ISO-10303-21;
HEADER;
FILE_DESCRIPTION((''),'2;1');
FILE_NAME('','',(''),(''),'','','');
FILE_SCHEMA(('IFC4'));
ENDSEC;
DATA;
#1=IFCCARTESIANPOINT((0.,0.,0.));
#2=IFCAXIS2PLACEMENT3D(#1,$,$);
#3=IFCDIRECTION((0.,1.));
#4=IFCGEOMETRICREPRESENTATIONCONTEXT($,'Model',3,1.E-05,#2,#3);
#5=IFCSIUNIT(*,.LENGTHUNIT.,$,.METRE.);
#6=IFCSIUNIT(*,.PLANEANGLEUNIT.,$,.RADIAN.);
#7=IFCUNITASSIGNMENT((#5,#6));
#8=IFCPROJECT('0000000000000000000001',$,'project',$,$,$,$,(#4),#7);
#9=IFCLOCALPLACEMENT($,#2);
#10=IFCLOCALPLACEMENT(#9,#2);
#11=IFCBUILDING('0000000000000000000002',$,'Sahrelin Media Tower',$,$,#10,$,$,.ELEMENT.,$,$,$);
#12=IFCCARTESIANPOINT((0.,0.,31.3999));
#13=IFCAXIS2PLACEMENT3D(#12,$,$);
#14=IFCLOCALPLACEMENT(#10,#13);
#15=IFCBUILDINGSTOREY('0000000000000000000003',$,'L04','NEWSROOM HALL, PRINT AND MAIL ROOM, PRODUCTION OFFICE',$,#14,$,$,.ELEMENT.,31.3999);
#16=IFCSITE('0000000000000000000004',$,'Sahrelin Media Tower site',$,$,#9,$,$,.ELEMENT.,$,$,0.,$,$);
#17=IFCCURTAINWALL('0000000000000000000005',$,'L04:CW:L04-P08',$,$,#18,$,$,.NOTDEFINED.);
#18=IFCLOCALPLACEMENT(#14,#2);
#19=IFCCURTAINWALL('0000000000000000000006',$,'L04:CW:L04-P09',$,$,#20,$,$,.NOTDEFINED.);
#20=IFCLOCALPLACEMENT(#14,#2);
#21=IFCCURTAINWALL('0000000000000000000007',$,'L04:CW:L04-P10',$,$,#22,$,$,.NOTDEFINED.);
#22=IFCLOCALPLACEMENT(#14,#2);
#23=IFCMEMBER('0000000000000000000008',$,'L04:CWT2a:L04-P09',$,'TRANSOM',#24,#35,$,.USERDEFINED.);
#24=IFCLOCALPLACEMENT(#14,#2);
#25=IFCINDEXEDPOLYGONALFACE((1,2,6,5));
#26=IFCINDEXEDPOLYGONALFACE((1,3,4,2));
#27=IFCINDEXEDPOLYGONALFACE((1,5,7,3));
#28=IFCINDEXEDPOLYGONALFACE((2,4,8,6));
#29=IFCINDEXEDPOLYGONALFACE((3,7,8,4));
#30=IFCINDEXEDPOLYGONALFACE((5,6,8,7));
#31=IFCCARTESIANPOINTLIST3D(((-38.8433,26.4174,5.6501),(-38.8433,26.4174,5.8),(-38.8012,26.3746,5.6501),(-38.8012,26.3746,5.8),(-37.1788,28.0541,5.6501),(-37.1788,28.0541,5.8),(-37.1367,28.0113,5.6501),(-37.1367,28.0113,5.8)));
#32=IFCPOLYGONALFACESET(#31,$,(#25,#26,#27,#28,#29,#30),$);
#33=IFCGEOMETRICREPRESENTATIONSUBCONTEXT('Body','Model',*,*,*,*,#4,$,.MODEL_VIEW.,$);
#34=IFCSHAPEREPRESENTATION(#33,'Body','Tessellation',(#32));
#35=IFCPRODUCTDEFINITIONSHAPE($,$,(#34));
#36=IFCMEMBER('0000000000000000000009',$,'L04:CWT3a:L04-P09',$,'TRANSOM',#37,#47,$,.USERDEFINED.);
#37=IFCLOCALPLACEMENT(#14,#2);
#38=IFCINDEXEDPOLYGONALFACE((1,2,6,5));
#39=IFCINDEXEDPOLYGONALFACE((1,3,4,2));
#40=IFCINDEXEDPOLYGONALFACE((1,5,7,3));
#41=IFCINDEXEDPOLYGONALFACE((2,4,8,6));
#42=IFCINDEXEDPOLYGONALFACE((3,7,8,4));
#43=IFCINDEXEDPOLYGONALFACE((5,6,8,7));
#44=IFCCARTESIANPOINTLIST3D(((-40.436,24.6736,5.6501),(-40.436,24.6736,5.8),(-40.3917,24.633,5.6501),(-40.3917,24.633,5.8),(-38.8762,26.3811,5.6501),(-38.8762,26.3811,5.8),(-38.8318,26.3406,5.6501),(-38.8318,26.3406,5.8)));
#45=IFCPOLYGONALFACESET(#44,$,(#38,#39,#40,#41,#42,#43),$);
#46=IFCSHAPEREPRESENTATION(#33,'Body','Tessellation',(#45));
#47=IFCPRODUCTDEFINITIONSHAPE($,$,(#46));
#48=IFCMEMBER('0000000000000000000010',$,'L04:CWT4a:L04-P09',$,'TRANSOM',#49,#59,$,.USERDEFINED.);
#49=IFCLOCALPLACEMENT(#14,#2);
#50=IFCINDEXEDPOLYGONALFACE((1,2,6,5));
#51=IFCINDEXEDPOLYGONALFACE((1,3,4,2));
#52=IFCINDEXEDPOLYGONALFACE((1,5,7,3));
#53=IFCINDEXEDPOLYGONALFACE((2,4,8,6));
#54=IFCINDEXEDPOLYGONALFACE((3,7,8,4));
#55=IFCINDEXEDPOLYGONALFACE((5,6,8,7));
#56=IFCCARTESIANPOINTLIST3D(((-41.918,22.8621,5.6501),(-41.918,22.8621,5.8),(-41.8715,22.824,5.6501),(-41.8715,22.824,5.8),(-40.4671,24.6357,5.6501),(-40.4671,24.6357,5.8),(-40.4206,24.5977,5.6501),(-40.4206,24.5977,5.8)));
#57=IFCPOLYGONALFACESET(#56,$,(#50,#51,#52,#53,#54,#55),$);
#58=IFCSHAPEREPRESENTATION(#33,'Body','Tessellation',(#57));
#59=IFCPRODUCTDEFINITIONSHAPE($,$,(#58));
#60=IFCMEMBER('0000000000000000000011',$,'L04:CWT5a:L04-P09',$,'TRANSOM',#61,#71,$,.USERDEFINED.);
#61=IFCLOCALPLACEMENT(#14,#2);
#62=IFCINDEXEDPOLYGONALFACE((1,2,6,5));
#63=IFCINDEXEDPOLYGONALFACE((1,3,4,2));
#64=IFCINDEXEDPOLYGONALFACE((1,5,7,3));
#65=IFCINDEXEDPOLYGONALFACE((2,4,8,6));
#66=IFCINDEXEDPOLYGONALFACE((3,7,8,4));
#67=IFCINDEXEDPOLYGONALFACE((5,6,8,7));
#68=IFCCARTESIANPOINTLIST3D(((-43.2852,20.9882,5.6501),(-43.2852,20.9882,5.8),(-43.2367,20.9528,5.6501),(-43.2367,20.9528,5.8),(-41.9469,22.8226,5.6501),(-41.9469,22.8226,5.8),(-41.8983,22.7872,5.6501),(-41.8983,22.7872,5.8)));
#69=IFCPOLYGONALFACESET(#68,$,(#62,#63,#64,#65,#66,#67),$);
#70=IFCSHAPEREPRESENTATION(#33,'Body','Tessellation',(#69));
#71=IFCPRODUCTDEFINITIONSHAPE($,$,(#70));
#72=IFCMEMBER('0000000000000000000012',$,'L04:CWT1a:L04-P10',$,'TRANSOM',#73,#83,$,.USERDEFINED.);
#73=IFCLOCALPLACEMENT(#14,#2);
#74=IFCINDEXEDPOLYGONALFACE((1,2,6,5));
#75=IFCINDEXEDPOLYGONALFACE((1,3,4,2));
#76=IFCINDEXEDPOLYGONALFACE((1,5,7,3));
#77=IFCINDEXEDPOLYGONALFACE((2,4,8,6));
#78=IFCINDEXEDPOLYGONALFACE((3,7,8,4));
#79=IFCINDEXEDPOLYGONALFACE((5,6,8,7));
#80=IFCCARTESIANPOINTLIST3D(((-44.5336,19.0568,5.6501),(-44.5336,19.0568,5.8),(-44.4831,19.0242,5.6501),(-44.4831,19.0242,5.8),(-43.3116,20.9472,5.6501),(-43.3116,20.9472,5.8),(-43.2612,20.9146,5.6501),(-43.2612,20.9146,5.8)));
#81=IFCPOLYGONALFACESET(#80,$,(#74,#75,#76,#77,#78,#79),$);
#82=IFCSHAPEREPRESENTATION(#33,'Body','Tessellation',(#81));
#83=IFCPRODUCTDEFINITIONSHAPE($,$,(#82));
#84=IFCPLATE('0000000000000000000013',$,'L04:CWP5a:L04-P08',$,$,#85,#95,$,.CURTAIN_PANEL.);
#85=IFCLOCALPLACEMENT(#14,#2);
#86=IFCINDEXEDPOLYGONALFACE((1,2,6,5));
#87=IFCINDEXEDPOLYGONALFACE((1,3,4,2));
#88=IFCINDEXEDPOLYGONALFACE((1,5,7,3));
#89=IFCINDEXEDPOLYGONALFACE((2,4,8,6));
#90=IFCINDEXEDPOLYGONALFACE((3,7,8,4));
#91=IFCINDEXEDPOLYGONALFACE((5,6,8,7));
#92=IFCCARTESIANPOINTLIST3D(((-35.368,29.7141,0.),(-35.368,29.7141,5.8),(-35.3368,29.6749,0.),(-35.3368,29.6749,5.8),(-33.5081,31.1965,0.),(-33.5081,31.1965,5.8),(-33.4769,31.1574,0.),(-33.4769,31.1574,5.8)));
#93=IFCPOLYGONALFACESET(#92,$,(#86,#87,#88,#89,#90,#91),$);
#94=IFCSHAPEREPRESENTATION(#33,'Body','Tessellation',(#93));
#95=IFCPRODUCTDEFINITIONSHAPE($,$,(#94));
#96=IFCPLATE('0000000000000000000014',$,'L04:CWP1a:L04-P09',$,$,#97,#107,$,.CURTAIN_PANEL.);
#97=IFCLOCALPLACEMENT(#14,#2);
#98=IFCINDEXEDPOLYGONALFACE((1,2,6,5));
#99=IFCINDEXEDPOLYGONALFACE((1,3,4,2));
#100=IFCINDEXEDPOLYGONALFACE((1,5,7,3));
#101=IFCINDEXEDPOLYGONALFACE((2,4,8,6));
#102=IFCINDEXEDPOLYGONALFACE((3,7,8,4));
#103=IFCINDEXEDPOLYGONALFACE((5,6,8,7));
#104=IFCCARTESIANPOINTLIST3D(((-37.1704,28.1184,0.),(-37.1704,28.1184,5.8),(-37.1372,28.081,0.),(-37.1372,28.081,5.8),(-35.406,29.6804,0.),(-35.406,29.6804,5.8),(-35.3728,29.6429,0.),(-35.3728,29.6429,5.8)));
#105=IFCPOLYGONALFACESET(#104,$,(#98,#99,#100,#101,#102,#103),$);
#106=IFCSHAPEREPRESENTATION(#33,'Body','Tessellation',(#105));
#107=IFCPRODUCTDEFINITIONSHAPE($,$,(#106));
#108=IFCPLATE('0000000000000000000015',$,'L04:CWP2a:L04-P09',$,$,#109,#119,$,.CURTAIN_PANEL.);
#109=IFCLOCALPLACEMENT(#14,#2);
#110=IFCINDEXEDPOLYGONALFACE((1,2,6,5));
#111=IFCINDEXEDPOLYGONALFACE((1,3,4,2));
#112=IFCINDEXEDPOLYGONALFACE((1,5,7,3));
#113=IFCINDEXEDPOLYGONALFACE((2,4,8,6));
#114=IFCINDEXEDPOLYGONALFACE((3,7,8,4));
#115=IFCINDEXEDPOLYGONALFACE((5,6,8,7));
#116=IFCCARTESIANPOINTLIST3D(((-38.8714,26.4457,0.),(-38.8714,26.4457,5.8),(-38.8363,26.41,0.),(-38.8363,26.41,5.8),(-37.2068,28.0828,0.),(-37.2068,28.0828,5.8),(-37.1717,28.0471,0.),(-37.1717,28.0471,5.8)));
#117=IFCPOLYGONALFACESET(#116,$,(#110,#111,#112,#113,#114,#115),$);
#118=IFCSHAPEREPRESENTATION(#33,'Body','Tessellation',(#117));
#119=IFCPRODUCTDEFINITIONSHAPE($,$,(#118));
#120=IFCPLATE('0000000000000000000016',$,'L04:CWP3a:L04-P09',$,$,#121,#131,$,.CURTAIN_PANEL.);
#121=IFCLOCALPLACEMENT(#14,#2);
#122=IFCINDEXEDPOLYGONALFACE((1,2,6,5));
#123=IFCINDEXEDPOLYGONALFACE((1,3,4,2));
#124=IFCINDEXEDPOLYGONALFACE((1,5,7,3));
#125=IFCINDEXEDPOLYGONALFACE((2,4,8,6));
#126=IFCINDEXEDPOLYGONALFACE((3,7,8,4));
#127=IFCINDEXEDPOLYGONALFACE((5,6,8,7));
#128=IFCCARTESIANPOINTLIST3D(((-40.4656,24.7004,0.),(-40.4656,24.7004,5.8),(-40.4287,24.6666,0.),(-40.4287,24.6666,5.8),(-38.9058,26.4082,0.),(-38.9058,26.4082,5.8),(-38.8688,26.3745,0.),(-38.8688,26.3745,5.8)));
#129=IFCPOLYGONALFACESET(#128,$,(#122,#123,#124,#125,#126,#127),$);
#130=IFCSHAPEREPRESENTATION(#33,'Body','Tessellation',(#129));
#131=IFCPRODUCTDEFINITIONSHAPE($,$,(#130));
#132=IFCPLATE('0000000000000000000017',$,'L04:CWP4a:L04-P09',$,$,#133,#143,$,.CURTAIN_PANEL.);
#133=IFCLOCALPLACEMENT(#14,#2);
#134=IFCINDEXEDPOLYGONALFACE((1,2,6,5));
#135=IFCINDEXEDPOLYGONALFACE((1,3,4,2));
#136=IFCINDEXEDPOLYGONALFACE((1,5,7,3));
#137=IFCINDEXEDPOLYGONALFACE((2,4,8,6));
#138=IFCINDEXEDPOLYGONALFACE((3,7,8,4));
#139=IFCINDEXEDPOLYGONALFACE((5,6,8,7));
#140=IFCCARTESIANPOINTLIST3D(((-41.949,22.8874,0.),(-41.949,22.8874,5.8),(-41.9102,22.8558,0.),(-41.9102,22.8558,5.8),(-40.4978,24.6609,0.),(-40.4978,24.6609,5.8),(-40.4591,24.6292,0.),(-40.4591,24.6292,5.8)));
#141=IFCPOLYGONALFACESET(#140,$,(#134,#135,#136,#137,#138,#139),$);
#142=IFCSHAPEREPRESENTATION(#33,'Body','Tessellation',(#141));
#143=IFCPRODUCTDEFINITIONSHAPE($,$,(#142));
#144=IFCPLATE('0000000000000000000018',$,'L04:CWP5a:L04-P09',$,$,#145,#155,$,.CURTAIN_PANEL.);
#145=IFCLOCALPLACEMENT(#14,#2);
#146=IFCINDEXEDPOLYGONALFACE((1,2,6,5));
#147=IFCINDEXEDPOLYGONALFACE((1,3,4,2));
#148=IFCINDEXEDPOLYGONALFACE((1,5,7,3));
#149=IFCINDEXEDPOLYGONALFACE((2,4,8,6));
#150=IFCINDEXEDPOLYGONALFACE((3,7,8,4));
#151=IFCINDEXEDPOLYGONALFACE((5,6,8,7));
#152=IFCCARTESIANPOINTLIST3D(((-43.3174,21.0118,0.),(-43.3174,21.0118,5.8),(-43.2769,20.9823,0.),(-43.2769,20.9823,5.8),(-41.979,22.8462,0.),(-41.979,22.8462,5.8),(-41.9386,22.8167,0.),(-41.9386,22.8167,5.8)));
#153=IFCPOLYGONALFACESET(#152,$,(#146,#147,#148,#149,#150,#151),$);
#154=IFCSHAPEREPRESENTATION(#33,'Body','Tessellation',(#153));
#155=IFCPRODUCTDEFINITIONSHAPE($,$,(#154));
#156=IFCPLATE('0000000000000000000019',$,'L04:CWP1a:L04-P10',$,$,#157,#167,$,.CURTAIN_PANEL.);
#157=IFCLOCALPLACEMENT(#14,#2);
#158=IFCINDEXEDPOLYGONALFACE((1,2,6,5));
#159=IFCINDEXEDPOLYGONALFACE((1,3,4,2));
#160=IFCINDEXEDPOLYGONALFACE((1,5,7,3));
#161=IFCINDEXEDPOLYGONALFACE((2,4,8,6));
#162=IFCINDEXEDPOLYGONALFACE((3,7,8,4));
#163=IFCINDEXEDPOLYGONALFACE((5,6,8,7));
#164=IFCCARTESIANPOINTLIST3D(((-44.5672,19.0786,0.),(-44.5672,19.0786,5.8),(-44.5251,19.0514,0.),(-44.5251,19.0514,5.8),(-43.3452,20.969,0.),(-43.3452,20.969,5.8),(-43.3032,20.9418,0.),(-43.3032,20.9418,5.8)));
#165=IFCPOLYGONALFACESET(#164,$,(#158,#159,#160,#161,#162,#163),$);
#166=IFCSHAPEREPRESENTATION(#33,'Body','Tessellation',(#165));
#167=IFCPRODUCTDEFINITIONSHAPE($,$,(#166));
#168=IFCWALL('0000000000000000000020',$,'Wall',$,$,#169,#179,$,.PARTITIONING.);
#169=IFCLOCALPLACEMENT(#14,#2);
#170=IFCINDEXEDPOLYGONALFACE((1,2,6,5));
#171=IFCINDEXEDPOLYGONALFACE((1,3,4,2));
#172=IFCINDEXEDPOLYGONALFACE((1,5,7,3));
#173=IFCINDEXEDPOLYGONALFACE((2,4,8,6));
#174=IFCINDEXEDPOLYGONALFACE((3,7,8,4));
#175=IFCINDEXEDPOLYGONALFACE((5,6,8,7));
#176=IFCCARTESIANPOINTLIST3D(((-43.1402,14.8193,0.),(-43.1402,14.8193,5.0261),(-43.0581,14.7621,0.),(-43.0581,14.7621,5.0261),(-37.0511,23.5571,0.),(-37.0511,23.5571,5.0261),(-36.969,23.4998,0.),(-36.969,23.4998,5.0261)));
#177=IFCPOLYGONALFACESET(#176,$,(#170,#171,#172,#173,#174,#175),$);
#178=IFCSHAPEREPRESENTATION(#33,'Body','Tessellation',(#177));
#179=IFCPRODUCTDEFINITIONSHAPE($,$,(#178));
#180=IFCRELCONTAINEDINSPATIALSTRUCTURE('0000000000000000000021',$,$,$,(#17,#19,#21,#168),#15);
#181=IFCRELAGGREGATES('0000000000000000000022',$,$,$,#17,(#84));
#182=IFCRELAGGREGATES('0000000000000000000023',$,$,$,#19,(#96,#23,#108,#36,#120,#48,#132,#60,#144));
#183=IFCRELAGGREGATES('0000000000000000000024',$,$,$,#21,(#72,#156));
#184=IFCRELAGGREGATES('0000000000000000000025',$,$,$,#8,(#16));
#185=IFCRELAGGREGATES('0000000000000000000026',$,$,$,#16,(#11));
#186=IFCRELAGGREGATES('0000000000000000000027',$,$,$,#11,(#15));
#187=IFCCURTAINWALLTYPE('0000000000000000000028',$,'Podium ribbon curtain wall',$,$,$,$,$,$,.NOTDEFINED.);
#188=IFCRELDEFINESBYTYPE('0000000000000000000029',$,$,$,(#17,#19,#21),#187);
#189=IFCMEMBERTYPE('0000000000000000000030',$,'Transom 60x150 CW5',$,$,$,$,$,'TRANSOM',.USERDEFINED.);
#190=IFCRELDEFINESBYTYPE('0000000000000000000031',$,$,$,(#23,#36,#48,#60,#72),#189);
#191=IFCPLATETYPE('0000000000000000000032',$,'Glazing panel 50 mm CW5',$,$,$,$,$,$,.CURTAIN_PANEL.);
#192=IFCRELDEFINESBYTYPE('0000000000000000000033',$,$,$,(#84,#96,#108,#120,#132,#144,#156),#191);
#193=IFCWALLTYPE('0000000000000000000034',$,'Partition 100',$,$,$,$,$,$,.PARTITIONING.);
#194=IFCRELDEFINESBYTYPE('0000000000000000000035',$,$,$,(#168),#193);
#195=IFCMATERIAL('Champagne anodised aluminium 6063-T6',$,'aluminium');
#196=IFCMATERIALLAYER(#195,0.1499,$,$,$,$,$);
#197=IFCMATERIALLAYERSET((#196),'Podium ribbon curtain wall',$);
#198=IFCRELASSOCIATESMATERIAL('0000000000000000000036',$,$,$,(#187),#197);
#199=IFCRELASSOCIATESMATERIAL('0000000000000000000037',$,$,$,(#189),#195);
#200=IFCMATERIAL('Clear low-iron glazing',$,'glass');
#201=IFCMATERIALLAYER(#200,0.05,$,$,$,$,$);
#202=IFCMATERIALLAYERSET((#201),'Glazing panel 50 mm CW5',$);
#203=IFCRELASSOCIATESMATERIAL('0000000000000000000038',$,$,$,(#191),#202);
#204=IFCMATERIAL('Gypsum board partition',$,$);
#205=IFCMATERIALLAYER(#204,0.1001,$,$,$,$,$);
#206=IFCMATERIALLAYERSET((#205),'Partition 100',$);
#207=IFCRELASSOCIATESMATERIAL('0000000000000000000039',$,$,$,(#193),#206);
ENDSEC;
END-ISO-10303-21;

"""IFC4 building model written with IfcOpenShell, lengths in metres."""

from ifc_helpers import new_model, si_unit, direction, frame, frame_2d, origin, origin_2d, place, context, subcontext, project, spatial, polyline, rectangle, outline, extrude, material, layer, layer_set, material_profile, profile_set, type_object, element, aggregate, save


model = new_model("IFC4")

# Units and contexts
model_context = context("Model", 3, precision=1e-05, world=origin(), true_north=direction((0.0, 1.0)))
body_context = subcontext(model_context, "Body", "Model", "MODEL_VIEW")
ifc_project = project(units=[si_unit("LENGTHUNIT", "METRE"), si_unit("PLANEANGLEUNIT", "RADIAN")], contexts=[model_context])

# Site, building, storey
site_placement = place(None, origin())
site = spatial("IfcSite", under=ifc_project, at=site_placement, Name="Sahrelin Media Tower site", CompositionType="ELEMENT", RefElevation=0.0)
building_placement = place(site_placement, origin())
building = spatial("IfcBuilding", under=site, at=building_placement, Name="Sahrelin Media Tower", CompositionType="ELEMENT")
storey_placement = place(building_placement, frame((0.0, 0.0, 31.3999)))
storey = spatial("IfcBuildingStorey", under=building, at=storey_placement, Name="L04", Description="NEWSROOM HALL, PRINT AND MAIL ROOM, PRODUCTION OFFICE", CompositionType="ELEMENT", Elevation=31.3999)

# Curtain wall
ifc_material_1 = material(Name="Champagne anodised aluminium 6063-T6", Category="aluminium")
ifc_layer_1 = layer(ifc_material_1, 0.1499)
ifc_layer_set_1 = layer_set([ifc_layer_1], Name="Podium ribbon curtain wall")
curtain_wall_type = type_object("IfcCurtainWallType", Name="Podium ribbon curtain wall", PredefinedType="NOTDEFINED", material=ifc_layer_set_1)
curtain_wall_1_placement = place(storey_placement, frame((-25.0, 36.373, 0.0), z_axis=(0.0, 0.0, 1.0), x_axis=(1.0, 0.0, 0.0)))
curtain_wall_1 = element("IfcCurtainWall", 1, at=curtain_wall_1_placement, inside=storey, type_object=curtain_wall_type, Name="L04:CW:L04-P08", PredefinedType="NOTDEFINED")

# Curtain wall
curtain_wall_2_placement = place(storey_placement, frame((-35.3552, 29.6985, 0.0), z_axis=(0.0, 0.0, 1.0), x_axis=(1.0, 0.0, 0.0)))
curtain_wall_2 = element("IfcCurtainWall", 2, at=curtain_wall_2_placement, inside=storey, type_object=curtain_wall_type, Name="L04:CW:L04-P09", PredefinedType="NOTDEFINED")

# Curtain wall
curtain_wall_3_placement = place(storey_placement, frame((-43.3013, 21.0, 0.0), z_axis=(0.0, 0.0, 1.0), x_axis=(1.0, 0.0, 0.0)))
curtain_wall_3 = element("IfcCurtainWall", 3, at=curtain_wall_3_placement, inside=storey, type_object=curtain_wall_type, Name="L04:CW:L04-P10", PredefinedType="NOTDEFINED")

# Members
ifc_material_profile_1 = material_profile(ifc_material_1, rectangle(XDim=0.0601, YDim=0.1499, at=origin_2d()), Name="Transom 60x150")
ifc_profile_set_1 = profile_set([ifc_material_profile_1], Name="Champagne anodised aluminium 6063-T6")
member_type_1 = type_object("IfcMemberType", Name="Transom 60x150 CW5", ElementType="TRANSOM", PredefinedType="USERDEFINED", material=ifc_profile_set_1)
member_1_placement = place(storey_placement, frame((-37.1577, 28.0327, 5.7251), z_axis=(-0.713043, -0.70112, 0.0), x_axis=(0.70112, -0.713043, 0.0)))
member_1 = element("IfcMember", 4, at=member_1_placement, type_object=member_type_1, Name="L04:CWT2a:L04-P09", ObjectType="TRANSOM", PredefinedType="USERDEFINED", context=body_context, shape_type="SweptSolid", body=[
    extrude(rectangle(XDim=0.0601, YDim=0.1499, at=origin_2d()), origin(), (0.0, 0.0, 1.0), 2.3345),
])
member_2_placement = place(storey_placement, frame((-38.854, 26.3608, 5.7251), z_axis=(-0.674452, -0.738319, 0.0), x_axis=(0.738319, -0.674452, 0.0)))
member_2 = element("IfcMember", 5, at=member_2_placement, type_object=member_type_1, Name="L04:CWT3a:L04-P09", ObjectType="TRANSOM", PredefinedType="USERDEFINED", context=body_context, shape_type="SweptSolid", body=[
    extrude(rectangle(XDim=0.0601, YDim=0.1499, at=origin_2d()), origin(), (0.0, 0.0, 1.0), 2.3127),
])
member_3_placement = place(storey_placement, frame((-40.4438, 24.6167, 5.7251), z_axis=(-0.633168, -0.774014, 0.0), x_axis=(0.774014, -0.633168, 0.0)))
member_3 = element("IfcMember", 6, at=member_3_placement, type_object=member_type_1, Name="L04:CWT4a:L04-P09", ObjectType="TRANSOM", PredefinedType="USERDEFINED", context=body_context, shape_type="SweptSolid", body=[
    extrude(rectangle(XDim=0.0601, YDim=0.1499, at=origin_2d()), origin(), (0.0, 0.0, 1.0), 2.2915),
])
member_4_placement = place(storey_placement, frame((-41.9226, 22.8049, 5.7251), z_axis=(-0.589386, -0.807852, 0.0), x_axis=(0.807852, -0.589386, 0.0)))
member_4 = element("IfcMember", 7, at=member_4_placement, type_object=member_type_1, Name="L04:CWT5a:L04-P09", ObjectType="TRANSOM", PredefinedType="USERDEFINED", context=body_context, shape_type="SweptSolid", body=[
    extrude(rectangle(XDim=0.0601, YDim=0.1499, at=origin_2d()), origin(), (0.0, 0.0, 1.0), 2.2708),
])
member_5_placement = place(storey_placement, frame((-43.2864, 20.9309, 5.7251), z_axis=(-0.542855, -0.839826, 0.0), x_axis=(0.839826, -0.542855, 0.0)))
member_5 = element("IfcMember", 8, at=member_5_placement, type_object=member_type_1, Name="L04:CWT1a:L04-P10", ObjectType="TRANSOM", PredefinedType="USERDEFINED", context=body_context, shape_type="SweptSolid", body=[
    extrude(rectangle(XDim=0.0601, YDim=0.1499, at=origin_2d()), origin(), (0.0, 0.0, 1.0), 2.251),
])

# Plates
ifc_material_2 = material(Name="Clear low-iron glazing", Category="glass")
ifc_layer_2 = layer(ifc_material_2, 0.05)
ifc_layer_set_2 = layer_set([ifc_layer_2], Name="Glazing panel 50 mm CW5")
plate_type = type_object("IfcPlateType", Name="Glazing panel 50 mm CW5", PredefinedType="CURTAIN_PANEL", material=ifc_layer_set_2)
plate_1_placement = place(storey_placement, frame((-33.5081, 31.1965, 0.0), z_axis=(-0.623292, 0.781989, 0.0), x_axis=(-0.781989, -0.623292, 0.0)))
plate_1 = element("IfcPlate", 9, at=plate_1_placement, type_object=plate_type, Name="L04:CWP5a:L04-P08", PredefinedType="CURTAIN_PANEL", context=body_context, shape_type="SweptSolid", body=[
    extrude(outline(polyline([(0.0, 0.0), (2.3784, 0.0), (2.3784, 5.8), (0.0, 5.8), (0.0, 0.0)])), origin(), (0.0, 0.0, -1.0), 0.05),
])
aggregate(curtain_wall_1, [plate_1])
plate_2_placement = place(storey_placement, frame((-35.406, 29.6804, 0.0), z_axis=(-0.662858, 0.748745, 0.0), x_axis=(-0.748745, -0.662858, 0.0)))
plate_2 = element("IfcPlate", 10, at=plate_2_placement, type_object=plate_type, Name="L04:CWP1a:L04-P09", PredefinedType="CURTAIN_PANEL", context=body_context, shape_type="SweptSolid", body=[
    extrude(outline(polyline([(0.0, 0.0), (2.3564, 0.0), (2.3564, 5.8), (0.0, 5.8), (0.0, 0.0)])), origin(), (0.0, 0.0, -1.0), 0.05),
])
plate_3_placement = place(storey_placement, frame((-37.2068, 28.0828, 0.0), z_axis=(-0.701174, 0.712991, 0.0), x_axis=(-0.712991, -0.701174, 0.0)))
plate_3 = element("IfcPlate", 11, at=plate_3_placement, type_object=plate_type, Name="L04:CWP2a:L04-P09", PredefinedType="CURTAIN_PANEL", context=body_context, shape_type="SweptSolid", body=[
    extrude(outline(polyline([(0.0, 0.0), (2.3347, 0.0), (2.3347, 5.8), (0.0, 5.8), (0.0, 0.0)])), origin(), (0.0, 0.0, -1.0), 0.05),
])
plate_4_placement = place(storey_placement, frame((-38.9058, 26.4082, 0.0), z_axis=(-0.738367, 0.6744, 0.0), x_axis=(-0.6744, -0.738367, 0.0)))
plate_4 = element("IfcPlate", 12, at=plate_4_placement, type_object=plate_type, Name="L04:CWP3a:L04-P09", PredefinedType="CURTAIN_PANEL", context=body_context, shape_type="SweptSolid", body=[
    extrude(outline(polyline([(0.0, 0.0), (2.313, 0.0), (2.313, 5.8), (0.0, 5.8), (0.0, 0.0)])), origin(), (0.0, 0.0, -1.0), 0.05),
])
plate_5_placement = place(storey_placement, frame((-40.4978, 24.6609, 0.0), z_axis=(-0.773919, 0.633284, 0.0), x_axis=(-0.633284, -0.773919, 0.0)))
plate_5 = element("IfcPlate", 13, at=plate_5_placement, type_object=plate_type, Name="L04:CWP4a:L04-P09", PredefinedType="CURTAIN_PANEL", context=body_context, shape_type="SweptSolid", body=[
    extrude(outline(polyline([(0.0, 0.0), (2.2915, 0.0), (2.2915, 5.8), (0.0, 5.8), (0.0, 0.0)])), origin(), (0.0, 0.0, -1.0), 0.05),
])
plate_6_placement = place(storey_placement, frame((-41.979, 22.8462, 0.0), z_axis=(-0.807852, 0.589386, 0.0), x_axis=(-0.589386, -0.807852, 0.0)))
plate_6 = element("IfcPlate", 14, at=plate_6_placement, type_object=plate_type, Name="L04:CWP5a:L04-P09", PredefinedType="CURTAIN_PANEL", context=body_context, shape_type="SweptSolid", body=[
    extrude(outline(polyline([(0.0, 0.0), (2.2708, 0.0), (2.2708, 5.8), (0.0, 5.8), (0.0, 0.0)])), origin(), (0.0, 0.0, -1.0), 0.05),
])
aggregate(curtain_wall_2, [plate_2, member_1, plate_3, member_2, plate_4, member_3, plate_5, member_4, plate_6])
plate_7_placement = place(storey_placement, frame((-43.3452, 20.969, 0.0), z_axis=(-0.839826, 0.542855, 0.0), x_axis=(-0.542855, -0.839826, 0.0)))
plate_7 = element("IfcPlate", 15, at=plate_7_placement, type_object=plate_type, Name="L04:CWP1a:L04-P10", PredefinedType="CURTAIN_PANEL", context=body_context, shape_type="SweptSolid", body=[
    extrude(outline(polyline([(0.0, 0.0), (2.251, 0.0), (2.251, 5.8), (0.0, 5.8), (0.0, 0.0)])), origin(), (0.0, 0.0, -1.0), 0.05),
])
aggregate(curtain_wall_3, [member_5, plate_7])

# Wall
ifc_material_3 = material(Name="Gypsum board partition")
ifc_layer_3 = layer(ifc_material_3, 0.1001)
ifc_layer_set_3 = layer_set([ifc_layer_3], Name="Partition 100")
wall_type = type_object("IfcWallType", Name="Partition 100", PredefinedType="PARTITIONING", material=ifc_layer_set_3)
wall_placement = place(storey_placement, frame((-37.01, 23.5286, 0.0), z_axis=(0.0, 0.0, 1.0), x_axis=(-0.571738, -0.820436, 0.0)))
element("IfcWall", 16, at=wall_placement, inside=storey, type_object=wall_type, Name="Wall", PredefinedType="PARTITIONING", context=body_context, shape_type="SweptSolid", body=[
    extrude(rectangle(XDim=10.6501, YDim=0.1001, at=frame_2d((5.3252, 0.0))), origin(), (0.0, 0.0, 1.0), 5.0261),
])

save(model, "model.ifc")
